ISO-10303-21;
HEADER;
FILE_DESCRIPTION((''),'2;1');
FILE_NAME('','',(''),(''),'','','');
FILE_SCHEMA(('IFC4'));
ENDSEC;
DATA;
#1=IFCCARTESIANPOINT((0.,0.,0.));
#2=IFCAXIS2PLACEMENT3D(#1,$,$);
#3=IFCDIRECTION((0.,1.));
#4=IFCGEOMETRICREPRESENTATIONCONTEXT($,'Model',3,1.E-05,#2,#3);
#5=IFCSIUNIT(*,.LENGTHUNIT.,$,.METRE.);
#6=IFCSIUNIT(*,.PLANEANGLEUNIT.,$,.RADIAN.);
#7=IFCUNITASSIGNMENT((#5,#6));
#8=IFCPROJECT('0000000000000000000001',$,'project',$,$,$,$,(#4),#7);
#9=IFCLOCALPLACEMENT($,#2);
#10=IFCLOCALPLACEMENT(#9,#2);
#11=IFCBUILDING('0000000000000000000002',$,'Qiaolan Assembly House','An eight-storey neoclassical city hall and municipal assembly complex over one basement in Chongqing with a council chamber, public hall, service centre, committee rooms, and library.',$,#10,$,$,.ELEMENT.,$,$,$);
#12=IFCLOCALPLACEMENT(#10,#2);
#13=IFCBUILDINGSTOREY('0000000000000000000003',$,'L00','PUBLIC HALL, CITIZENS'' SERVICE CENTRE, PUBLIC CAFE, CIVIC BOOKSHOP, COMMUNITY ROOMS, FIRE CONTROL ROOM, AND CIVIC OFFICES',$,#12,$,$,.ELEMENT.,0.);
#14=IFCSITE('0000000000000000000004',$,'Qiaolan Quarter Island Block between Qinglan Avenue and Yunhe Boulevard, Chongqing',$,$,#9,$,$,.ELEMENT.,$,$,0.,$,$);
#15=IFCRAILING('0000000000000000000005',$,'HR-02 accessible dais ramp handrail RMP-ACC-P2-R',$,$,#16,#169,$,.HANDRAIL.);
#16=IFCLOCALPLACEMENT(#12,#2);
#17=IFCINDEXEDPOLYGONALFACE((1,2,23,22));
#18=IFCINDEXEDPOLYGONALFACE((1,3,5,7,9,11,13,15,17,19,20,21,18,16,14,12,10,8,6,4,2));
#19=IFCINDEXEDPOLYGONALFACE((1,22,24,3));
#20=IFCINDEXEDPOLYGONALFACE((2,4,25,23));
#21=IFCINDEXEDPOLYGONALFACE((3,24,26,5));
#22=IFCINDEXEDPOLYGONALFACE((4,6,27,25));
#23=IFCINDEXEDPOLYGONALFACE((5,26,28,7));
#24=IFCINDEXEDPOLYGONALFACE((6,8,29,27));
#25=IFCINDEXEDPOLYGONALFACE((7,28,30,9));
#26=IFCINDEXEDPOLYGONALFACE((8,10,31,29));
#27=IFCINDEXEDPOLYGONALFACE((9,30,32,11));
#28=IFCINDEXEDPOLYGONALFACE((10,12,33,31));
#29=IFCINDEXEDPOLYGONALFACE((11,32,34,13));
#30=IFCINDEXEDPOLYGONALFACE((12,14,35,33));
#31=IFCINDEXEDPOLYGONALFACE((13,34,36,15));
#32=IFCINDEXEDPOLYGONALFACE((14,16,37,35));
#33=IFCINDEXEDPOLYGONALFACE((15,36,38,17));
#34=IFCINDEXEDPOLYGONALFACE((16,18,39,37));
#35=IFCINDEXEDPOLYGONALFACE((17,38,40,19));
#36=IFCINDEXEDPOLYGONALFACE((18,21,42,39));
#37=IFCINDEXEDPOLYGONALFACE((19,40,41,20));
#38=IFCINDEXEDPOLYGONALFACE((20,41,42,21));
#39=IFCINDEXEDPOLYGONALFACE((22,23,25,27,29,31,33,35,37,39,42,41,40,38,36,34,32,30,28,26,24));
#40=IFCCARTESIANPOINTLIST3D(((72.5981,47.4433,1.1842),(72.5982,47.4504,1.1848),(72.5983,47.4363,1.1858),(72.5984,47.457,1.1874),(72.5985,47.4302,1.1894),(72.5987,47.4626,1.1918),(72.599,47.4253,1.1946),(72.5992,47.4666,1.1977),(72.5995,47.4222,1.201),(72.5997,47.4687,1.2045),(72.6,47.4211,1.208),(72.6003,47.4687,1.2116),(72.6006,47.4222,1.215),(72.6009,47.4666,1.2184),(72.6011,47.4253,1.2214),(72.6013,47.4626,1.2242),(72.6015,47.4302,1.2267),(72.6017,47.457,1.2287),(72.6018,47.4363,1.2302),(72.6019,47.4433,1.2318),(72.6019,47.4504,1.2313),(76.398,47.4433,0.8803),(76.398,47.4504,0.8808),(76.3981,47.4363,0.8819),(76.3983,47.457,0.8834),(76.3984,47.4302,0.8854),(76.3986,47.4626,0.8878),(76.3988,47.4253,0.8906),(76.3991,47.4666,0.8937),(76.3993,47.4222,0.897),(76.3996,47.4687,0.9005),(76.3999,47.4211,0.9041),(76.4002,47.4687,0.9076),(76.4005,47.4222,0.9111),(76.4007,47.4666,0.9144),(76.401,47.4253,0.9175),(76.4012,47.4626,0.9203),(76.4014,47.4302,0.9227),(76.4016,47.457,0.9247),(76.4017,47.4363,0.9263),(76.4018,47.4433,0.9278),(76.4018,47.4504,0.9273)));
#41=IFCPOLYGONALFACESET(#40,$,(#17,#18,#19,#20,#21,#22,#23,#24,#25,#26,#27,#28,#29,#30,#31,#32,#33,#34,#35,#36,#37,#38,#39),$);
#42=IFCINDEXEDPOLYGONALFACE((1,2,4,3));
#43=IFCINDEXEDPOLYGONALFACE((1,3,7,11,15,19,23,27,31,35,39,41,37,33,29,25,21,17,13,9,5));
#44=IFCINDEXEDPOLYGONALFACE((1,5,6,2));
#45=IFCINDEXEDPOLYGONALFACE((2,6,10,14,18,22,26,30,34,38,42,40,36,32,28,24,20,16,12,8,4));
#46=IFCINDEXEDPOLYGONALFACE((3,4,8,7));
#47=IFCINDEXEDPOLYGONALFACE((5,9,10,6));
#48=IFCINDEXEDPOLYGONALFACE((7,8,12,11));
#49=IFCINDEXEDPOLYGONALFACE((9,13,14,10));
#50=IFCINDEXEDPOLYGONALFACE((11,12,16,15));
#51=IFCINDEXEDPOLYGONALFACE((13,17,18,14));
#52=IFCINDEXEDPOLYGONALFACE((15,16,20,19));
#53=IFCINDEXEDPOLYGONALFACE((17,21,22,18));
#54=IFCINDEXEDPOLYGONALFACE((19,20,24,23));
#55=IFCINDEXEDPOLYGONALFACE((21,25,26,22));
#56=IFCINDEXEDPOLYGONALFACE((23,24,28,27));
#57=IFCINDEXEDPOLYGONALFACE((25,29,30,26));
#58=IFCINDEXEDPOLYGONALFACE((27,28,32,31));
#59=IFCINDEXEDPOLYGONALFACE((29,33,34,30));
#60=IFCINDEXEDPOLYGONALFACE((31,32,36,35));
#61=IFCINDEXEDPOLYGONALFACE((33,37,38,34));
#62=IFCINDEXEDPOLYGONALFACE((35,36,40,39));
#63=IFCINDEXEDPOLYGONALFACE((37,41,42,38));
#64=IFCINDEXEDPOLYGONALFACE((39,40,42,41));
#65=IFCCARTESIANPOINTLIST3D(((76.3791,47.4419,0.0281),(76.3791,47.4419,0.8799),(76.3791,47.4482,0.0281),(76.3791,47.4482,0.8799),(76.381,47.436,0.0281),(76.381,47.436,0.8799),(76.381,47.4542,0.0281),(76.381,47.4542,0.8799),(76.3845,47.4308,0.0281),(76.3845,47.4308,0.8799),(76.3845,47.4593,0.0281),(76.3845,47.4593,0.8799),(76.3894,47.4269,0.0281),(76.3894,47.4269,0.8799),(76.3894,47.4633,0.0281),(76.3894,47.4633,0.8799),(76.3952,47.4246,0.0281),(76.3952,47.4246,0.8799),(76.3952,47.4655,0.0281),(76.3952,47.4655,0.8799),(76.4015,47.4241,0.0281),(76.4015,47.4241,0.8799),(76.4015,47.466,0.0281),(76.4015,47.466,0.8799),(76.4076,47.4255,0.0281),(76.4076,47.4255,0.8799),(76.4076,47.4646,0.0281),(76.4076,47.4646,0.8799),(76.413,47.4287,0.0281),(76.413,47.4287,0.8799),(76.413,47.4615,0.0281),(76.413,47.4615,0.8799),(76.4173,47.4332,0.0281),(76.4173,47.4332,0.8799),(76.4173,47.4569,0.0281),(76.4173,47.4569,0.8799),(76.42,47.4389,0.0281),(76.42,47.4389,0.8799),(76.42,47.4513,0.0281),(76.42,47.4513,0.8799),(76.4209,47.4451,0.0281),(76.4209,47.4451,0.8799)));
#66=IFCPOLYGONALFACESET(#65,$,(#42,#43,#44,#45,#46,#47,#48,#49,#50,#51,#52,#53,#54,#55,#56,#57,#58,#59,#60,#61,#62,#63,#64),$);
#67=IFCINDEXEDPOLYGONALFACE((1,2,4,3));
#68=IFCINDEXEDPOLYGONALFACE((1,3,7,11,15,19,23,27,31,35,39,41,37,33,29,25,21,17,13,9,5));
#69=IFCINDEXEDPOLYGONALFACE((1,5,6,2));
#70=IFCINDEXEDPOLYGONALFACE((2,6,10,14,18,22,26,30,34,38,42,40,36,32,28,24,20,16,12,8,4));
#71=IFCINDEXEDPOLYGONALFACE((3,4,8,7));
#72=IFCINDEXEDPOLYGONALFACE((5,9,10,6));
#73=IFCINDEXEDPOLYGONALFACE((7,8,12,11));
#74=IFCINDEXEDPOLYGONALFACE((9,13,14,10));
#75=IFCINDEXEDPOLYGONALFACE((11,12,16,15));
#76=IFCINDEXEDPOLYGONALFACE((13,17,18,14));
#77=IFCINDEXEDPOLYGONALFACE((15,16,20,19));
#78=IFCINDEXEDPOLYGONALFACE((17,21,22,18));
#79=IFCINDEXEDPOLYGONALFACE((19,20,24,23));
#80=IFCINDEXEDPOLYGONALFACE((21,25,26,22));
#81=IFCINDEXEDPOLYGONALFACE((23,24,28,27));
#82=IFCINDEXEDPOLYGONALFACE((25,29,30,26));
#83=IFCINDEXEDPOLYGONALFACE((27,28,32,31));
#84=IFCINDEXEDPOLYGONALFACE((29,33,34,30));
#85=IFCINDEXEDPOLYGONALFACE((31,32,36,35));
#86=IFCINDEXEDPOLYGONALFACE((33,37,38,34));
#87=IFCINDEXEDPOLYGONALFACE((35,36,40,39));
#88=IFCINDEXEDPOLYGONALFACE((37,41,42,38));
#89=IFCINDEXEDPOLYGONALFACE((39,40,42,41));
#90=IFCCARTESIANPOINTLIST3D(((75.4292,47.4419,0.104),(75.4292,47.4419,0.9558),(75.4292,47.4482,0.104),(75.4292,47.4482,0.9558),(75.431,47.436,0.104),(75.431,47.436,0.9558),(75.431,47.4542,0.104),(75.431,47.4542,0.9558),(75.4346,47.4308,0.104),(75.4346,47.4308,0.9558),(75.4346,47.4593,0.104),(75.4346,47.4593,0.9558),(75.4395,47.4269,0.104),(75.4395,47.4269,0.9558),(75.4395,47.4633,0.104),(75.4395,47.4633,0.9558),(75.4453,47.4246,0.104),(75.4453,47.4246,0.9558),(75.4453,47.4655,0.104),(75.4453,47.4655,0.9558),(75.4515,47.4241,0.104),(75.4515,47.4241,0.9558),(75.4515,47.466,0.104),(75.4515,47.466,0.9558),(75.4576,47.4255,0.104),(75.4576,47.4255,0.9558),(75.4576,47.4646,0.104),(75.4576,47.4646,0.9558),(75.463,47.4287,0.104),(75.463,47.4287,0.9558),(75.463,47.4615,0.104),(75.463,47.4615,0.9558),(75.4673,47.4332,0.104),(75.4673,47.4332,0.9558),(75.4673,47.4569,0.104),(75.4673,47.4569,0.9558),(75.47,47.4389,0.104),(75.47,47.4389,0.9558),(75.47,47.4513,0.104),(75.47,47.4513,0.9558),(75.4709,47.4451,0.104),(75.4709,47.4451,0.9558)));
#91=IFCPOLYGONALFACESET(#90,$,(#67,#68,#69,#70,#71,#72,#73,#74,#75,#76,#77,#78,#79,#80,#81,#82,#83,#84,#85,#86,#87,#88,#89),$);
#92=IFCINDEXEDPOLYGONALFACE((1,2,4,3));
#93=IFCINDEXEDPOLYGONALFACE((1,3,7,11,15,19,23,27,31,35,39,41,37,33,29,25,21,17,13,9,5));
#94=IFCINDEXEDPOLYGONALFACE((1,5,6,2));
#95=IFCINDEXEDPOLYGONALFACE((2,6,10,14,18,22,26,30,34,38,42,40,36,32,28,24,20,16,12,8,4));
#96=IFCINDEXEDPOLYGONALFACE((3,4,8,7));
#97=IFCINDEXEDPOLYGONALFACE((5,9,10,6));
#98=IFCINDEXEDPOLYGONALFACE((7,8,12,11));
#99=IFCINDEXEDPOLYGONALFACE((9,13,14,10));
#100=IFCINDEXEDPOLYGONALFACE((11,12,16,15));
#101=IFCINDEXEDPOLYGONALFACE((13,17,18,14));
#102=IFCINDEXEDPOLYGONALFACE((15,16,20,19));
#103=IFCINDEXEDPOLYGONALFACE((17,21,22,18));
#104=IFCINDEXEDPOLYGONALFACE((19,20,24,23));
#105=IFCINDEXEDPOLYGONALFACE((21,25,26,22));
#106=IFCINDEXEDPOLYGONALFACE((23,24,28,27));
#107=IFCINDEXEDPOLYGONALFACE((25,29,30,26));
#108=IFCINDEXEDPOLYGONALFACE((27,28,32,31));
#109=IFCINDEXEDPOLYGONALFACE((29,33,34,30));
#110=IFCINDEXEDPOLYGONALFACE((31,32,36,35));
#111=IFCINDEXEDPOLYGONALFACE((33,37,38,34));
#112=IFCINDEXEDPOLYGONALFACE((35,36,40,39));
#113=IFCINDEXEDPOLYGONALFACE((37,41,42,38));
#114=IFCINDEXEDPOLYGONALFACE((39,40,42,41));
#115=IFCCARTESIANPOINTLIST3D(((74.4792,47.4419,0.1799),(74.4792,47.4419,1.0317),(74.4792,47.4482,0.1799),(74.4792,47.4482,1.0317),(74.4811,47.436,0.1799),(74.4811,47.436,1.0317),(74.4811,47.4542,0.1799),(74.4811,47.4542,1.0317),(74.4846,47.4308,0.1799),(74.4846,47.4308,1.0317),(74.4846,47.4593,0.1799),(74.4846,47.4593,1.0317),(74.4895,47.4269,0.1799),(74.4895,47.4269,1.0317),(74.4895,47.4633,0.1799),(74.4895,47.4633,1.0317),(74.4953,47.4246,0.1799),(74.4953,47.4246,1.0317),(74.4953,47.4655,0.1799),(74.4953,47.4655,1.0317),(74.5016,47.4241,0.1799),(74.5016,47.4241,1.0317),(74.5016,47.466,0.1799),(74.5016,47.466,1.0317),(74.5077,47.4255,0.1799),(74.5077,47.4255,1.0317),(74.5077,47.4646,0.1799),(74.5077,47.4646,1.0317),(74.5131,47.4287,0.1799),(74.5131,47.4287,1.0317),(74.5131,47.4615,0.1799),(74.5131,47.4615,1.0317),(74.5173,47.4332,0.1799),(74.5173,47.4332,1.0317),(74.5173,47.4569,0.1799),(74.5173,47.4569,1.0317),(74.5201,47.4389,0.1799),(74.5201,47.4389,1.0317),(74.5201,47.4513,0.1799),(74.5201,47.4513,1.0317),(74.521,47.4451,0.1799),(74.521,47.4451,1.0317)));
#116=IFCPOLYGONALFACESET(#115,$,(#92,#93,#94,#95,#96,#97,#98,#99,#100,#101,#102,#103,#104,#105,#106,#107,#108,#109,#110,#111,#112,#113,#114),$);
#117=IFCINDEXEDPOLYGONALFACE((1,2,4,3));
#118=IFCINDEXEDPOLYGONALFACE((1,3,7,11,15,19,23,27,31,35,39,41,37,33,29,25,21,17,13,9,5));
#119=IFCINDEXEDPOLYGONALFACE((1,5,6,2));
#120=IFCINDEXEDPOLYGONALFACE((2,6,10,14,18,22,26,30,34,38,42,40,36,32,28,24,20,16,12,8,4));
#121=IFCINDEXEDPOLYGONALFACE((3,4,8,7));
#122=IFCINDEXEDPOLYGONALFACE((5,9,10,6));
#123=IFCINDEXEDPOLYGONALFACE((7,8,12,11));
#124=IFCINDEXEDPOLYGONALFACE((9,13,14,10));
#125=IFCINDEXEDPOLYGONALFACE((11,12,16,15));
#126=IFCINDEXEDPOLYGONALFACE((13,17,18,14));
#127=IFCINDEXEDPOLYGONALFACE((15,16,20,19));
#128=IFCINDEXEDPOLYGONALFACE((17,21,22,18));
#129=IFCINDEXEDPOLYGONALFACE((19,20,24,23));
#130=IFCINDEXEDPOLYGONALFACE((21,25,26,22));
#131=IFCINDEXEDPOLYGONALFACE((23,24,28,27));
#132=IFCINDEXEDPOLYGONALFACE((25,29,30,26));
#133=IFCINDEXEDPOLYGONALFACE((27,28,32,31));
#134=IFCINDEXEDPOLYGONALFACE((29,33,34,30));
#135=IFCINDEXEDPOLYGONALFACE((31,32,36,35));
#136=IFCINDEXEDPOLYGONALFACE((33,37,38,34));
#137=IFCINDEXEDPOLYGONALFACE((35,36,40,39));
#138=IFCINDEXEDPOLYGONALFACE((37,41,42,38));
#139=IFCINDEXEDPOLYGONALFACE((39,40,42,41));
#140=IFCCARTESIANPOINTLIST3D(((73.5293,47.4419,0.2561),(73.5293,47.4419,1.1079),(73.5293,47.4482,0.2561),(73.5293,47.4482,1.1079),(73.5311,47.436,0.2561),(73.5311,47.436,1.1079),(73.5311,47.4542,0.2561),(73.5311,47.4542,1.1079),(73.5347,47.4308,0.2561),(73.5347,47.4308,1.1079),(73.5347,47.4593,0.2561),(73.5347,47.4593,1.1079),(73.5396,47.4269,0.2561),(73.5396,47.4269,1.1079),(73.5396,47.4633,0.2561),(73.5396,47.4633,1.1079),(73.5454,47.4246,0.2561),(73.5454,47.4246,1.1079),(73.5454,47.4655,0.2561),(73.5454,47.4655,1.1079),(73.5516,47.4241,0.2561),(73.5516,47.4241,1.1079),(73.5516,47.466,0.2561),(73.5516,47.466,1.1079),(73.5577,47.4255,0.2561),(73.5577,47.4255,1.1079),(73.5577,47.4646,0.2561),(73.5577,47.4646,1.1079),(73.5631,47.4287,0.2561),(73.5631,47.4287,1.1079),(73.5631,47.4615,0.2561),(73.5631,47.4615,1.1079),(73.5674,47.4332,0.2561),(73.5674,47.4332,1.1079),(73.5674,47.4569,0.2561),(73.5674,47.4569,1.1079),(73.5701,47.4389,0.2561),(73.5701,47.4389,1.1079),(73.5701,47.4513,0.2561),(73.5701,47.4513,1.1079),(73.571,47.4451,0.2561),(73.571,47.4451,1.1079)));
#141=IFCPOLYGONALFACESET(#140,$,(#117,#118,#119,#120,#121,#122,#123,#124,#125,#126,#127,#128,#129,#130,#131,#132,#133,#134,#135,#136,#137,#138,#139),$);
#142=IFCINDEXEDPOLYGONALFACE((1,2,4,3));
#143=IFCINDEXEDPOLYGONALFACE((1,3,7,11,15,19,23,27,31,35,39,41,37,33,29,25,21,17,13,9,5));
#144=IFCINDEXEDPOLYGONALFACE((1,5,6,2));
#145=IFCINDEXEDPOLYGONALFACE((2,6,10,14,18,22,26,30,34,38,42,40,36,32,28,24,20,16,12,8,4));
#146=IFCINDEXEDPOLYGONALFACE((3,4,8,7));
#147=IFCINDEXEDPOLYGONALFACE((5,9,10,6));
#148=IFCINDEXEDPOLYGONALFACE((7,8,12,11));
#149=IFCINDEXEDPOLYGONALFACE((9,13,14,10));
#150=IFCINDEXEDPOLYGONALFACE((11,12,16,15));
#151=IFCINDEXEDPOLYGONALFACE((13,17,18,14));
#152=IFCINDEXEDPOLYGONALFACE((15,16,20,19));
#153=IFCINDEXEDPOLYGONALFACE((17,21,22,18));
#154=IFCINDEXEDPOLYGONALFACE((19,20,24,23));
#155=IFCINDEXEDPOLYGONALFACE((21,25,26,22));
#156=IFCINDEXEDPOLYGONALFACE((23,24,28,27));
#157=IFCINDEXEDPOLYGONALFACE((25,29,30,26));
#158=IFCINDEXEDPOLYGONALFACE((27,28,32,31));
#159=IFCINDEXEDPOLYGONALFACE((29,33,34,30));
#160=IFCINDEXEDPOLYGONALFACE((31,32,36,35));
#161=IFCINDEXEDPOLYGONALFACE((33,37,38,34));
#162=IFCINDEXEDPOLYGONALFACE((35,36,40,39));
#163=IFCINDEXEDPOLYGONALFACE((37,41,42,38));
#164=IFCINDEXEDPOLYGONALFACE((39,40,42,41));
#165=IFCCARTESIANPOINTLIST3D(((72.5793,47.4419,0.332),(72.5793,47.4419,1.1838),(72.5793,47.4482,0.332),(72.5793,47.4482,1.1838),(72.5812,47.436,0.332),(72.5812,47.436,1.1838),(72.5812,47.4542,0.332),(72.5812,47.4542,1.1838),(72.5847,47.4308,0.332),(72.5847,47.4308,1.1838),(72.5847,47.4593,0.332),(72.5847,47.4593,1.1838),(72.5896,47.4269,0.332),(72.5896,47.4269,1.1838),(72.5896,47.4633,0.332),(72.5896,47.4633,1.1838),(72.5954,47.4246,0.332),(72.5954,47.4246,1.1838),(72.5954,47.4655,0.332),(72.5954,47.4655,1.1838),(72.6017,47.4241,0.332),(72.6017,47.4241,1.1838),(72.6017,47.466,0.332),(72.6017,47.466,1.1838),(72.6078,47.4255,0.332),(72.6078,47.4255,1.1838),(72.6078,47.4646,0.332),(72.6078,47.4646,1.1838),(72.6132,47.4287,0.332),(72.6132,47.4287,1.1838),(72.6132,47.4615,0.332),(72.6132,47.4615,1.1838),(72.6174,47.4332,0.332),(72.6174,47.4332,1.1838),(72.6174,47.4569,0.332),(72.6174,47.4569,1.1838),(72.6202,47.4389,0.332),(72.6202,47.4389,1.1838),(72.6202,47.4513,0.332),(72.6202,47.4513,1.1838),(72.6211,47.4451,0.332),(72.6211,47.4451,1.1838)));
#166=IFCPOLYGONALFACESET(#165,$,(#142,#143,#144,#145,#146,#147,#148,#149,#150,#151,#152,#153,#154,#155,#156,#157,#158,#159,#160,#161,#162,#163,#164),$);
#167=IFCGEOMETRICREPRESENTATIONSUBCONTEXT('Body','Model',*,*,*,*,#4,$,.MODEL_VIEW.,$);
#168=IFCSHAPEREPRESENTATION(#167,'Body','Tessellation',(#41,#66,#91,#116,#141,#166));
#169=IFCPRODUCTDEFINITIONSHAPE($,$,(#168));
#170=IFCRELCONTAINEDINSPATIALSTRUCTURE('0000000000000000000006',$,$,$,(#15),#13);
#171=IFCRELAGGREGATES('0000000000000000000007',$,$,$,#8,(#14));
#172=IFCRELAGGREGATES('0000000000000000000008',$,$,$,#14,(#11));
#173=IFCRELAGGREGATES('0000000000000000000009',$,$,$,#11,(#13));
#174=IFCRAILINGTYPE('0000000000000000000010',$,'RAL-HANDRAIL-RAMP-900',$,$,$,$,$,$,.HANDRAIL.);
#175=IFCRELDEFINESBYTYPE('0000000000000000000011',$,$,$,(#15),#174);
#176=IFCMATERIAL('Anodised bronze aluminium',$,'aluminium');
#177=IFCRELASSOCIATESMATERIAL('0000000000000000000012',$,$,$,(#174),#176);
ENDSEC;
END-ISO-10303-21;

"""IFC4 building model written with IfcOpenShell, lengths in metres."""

from ifc_helpers import new_model, si_unit, direction, frame, origin, origin_2d, place, context, subcontext, project, spatial, circle, extrude, material, type_object, element, save


model = new_model("IFC4")

# Units and contexts
model_context = context("Model", 3, precision=1e-05, world=origin(), true_north=direction((0.0, 1.0)))
body_context = subcontext(model_context, "Body", "Model", "MODEL_VIEW")
ifc_project = project(units=[si_unit("LENGTHUNIT", "METRE"), si_unit("PLANEANGLEUNIT", "RADIAN")], contexts=[model_context])

# Site, building, storey
site_placement = place(None, origin())
site = spatial("IfcSite", under=ifc_project, at=site_placement, Name="Qiaolan Quarter Island Block between Qinglan Avenue and Yunhe Boulevard, Chongqing", CompositionType="ELEMENT", RefElevation=0.0)
building_placement = place(site_placement, origin())
building = spatial("IfcBuilding", under=site, at=building_placement, Name="Qiaolan Assembly House", Description="An eight-storey neoclassical city hall and municipal assembly complex over one basement in Chongqing with a council chamber, public hall, service centre, committee rooms, and library.", CompositionType="ELEMENT")
storey_placement = place(building_placement, origin())
storey = spatial("IfcBuildingStorey", under=building, at=storey_placement, Name="L00", Description="PUBLIC HALL, CITIZENS' SERVICE CENTRE, PUBLIC CAFE, CIVIC BOOKSHOP, COMMUNITY ROOMS, FIRE CONTROL ROOM, AND CIVIC OFFICES", CompositionType="ELEMENT", Elevation=0.0)

# Shared definitions
ifc_material_1 = material(Name="Anodised bronze aluminium", Category="aluminium")

# Railing
railing_type = type_object("IfcRailingType", Name="RAL-HANDRAIL-RAMP-900", PredefinedType="HANDRAIL", material=ifc_material_1)
for number, where, name in (
    (1, (76.3999, 47.4451, 0.0281), "HR-02 accessible dais ramp handrail RMP-ACC-P2-R"),
):
    element("IfcRailing", number, at=place(storey_placement, frame(where)), inside=storey, type_object=railing_type, Name=name, PredefinedType="HANDRAIL", context=body_context, shape_type="SweptSolid", body=[
        extrude(circle(Radius=0.0239, at=origin_2d()), frame((0.0, 0.0, 0.876), z_axis=(-0.996816, 0.0, 0.079738), x_axis=(0.0, -1.0, 0.0)), (0.0, 0.0, 1.0), 3.812),
        extrude(circle(Radius=0.021, at=origin_2d()), origin(), (0.0, 0.0, 1.0), 0.8518),
        extrude(circle(Radius=0.021, at=origin_2d()), frame((-0.95, 0.0, 0.0759)), (0.0, 0.0, 1.0), 0.8518),
        extrude(circle(Radius=0.021, at=origin_2d()), frame((-1.8999, 0.0, 0.1519)), (0.0, 0.0, 1.0), 0.8518),
        extrude(circle(Radius=0.021, at=origin_2d()), frame((-2.8499, 0.0, 0.228)), (0.0, 0.0, 1.0), 0.8518),
        extrude(circle(Radius=0.021, at=origin_2d()), frame((-3.7998, 0.0, 0.304)), (0.0, 0.0, 1.0), 0.8518),
    ])

save(model, "model.ifc")
